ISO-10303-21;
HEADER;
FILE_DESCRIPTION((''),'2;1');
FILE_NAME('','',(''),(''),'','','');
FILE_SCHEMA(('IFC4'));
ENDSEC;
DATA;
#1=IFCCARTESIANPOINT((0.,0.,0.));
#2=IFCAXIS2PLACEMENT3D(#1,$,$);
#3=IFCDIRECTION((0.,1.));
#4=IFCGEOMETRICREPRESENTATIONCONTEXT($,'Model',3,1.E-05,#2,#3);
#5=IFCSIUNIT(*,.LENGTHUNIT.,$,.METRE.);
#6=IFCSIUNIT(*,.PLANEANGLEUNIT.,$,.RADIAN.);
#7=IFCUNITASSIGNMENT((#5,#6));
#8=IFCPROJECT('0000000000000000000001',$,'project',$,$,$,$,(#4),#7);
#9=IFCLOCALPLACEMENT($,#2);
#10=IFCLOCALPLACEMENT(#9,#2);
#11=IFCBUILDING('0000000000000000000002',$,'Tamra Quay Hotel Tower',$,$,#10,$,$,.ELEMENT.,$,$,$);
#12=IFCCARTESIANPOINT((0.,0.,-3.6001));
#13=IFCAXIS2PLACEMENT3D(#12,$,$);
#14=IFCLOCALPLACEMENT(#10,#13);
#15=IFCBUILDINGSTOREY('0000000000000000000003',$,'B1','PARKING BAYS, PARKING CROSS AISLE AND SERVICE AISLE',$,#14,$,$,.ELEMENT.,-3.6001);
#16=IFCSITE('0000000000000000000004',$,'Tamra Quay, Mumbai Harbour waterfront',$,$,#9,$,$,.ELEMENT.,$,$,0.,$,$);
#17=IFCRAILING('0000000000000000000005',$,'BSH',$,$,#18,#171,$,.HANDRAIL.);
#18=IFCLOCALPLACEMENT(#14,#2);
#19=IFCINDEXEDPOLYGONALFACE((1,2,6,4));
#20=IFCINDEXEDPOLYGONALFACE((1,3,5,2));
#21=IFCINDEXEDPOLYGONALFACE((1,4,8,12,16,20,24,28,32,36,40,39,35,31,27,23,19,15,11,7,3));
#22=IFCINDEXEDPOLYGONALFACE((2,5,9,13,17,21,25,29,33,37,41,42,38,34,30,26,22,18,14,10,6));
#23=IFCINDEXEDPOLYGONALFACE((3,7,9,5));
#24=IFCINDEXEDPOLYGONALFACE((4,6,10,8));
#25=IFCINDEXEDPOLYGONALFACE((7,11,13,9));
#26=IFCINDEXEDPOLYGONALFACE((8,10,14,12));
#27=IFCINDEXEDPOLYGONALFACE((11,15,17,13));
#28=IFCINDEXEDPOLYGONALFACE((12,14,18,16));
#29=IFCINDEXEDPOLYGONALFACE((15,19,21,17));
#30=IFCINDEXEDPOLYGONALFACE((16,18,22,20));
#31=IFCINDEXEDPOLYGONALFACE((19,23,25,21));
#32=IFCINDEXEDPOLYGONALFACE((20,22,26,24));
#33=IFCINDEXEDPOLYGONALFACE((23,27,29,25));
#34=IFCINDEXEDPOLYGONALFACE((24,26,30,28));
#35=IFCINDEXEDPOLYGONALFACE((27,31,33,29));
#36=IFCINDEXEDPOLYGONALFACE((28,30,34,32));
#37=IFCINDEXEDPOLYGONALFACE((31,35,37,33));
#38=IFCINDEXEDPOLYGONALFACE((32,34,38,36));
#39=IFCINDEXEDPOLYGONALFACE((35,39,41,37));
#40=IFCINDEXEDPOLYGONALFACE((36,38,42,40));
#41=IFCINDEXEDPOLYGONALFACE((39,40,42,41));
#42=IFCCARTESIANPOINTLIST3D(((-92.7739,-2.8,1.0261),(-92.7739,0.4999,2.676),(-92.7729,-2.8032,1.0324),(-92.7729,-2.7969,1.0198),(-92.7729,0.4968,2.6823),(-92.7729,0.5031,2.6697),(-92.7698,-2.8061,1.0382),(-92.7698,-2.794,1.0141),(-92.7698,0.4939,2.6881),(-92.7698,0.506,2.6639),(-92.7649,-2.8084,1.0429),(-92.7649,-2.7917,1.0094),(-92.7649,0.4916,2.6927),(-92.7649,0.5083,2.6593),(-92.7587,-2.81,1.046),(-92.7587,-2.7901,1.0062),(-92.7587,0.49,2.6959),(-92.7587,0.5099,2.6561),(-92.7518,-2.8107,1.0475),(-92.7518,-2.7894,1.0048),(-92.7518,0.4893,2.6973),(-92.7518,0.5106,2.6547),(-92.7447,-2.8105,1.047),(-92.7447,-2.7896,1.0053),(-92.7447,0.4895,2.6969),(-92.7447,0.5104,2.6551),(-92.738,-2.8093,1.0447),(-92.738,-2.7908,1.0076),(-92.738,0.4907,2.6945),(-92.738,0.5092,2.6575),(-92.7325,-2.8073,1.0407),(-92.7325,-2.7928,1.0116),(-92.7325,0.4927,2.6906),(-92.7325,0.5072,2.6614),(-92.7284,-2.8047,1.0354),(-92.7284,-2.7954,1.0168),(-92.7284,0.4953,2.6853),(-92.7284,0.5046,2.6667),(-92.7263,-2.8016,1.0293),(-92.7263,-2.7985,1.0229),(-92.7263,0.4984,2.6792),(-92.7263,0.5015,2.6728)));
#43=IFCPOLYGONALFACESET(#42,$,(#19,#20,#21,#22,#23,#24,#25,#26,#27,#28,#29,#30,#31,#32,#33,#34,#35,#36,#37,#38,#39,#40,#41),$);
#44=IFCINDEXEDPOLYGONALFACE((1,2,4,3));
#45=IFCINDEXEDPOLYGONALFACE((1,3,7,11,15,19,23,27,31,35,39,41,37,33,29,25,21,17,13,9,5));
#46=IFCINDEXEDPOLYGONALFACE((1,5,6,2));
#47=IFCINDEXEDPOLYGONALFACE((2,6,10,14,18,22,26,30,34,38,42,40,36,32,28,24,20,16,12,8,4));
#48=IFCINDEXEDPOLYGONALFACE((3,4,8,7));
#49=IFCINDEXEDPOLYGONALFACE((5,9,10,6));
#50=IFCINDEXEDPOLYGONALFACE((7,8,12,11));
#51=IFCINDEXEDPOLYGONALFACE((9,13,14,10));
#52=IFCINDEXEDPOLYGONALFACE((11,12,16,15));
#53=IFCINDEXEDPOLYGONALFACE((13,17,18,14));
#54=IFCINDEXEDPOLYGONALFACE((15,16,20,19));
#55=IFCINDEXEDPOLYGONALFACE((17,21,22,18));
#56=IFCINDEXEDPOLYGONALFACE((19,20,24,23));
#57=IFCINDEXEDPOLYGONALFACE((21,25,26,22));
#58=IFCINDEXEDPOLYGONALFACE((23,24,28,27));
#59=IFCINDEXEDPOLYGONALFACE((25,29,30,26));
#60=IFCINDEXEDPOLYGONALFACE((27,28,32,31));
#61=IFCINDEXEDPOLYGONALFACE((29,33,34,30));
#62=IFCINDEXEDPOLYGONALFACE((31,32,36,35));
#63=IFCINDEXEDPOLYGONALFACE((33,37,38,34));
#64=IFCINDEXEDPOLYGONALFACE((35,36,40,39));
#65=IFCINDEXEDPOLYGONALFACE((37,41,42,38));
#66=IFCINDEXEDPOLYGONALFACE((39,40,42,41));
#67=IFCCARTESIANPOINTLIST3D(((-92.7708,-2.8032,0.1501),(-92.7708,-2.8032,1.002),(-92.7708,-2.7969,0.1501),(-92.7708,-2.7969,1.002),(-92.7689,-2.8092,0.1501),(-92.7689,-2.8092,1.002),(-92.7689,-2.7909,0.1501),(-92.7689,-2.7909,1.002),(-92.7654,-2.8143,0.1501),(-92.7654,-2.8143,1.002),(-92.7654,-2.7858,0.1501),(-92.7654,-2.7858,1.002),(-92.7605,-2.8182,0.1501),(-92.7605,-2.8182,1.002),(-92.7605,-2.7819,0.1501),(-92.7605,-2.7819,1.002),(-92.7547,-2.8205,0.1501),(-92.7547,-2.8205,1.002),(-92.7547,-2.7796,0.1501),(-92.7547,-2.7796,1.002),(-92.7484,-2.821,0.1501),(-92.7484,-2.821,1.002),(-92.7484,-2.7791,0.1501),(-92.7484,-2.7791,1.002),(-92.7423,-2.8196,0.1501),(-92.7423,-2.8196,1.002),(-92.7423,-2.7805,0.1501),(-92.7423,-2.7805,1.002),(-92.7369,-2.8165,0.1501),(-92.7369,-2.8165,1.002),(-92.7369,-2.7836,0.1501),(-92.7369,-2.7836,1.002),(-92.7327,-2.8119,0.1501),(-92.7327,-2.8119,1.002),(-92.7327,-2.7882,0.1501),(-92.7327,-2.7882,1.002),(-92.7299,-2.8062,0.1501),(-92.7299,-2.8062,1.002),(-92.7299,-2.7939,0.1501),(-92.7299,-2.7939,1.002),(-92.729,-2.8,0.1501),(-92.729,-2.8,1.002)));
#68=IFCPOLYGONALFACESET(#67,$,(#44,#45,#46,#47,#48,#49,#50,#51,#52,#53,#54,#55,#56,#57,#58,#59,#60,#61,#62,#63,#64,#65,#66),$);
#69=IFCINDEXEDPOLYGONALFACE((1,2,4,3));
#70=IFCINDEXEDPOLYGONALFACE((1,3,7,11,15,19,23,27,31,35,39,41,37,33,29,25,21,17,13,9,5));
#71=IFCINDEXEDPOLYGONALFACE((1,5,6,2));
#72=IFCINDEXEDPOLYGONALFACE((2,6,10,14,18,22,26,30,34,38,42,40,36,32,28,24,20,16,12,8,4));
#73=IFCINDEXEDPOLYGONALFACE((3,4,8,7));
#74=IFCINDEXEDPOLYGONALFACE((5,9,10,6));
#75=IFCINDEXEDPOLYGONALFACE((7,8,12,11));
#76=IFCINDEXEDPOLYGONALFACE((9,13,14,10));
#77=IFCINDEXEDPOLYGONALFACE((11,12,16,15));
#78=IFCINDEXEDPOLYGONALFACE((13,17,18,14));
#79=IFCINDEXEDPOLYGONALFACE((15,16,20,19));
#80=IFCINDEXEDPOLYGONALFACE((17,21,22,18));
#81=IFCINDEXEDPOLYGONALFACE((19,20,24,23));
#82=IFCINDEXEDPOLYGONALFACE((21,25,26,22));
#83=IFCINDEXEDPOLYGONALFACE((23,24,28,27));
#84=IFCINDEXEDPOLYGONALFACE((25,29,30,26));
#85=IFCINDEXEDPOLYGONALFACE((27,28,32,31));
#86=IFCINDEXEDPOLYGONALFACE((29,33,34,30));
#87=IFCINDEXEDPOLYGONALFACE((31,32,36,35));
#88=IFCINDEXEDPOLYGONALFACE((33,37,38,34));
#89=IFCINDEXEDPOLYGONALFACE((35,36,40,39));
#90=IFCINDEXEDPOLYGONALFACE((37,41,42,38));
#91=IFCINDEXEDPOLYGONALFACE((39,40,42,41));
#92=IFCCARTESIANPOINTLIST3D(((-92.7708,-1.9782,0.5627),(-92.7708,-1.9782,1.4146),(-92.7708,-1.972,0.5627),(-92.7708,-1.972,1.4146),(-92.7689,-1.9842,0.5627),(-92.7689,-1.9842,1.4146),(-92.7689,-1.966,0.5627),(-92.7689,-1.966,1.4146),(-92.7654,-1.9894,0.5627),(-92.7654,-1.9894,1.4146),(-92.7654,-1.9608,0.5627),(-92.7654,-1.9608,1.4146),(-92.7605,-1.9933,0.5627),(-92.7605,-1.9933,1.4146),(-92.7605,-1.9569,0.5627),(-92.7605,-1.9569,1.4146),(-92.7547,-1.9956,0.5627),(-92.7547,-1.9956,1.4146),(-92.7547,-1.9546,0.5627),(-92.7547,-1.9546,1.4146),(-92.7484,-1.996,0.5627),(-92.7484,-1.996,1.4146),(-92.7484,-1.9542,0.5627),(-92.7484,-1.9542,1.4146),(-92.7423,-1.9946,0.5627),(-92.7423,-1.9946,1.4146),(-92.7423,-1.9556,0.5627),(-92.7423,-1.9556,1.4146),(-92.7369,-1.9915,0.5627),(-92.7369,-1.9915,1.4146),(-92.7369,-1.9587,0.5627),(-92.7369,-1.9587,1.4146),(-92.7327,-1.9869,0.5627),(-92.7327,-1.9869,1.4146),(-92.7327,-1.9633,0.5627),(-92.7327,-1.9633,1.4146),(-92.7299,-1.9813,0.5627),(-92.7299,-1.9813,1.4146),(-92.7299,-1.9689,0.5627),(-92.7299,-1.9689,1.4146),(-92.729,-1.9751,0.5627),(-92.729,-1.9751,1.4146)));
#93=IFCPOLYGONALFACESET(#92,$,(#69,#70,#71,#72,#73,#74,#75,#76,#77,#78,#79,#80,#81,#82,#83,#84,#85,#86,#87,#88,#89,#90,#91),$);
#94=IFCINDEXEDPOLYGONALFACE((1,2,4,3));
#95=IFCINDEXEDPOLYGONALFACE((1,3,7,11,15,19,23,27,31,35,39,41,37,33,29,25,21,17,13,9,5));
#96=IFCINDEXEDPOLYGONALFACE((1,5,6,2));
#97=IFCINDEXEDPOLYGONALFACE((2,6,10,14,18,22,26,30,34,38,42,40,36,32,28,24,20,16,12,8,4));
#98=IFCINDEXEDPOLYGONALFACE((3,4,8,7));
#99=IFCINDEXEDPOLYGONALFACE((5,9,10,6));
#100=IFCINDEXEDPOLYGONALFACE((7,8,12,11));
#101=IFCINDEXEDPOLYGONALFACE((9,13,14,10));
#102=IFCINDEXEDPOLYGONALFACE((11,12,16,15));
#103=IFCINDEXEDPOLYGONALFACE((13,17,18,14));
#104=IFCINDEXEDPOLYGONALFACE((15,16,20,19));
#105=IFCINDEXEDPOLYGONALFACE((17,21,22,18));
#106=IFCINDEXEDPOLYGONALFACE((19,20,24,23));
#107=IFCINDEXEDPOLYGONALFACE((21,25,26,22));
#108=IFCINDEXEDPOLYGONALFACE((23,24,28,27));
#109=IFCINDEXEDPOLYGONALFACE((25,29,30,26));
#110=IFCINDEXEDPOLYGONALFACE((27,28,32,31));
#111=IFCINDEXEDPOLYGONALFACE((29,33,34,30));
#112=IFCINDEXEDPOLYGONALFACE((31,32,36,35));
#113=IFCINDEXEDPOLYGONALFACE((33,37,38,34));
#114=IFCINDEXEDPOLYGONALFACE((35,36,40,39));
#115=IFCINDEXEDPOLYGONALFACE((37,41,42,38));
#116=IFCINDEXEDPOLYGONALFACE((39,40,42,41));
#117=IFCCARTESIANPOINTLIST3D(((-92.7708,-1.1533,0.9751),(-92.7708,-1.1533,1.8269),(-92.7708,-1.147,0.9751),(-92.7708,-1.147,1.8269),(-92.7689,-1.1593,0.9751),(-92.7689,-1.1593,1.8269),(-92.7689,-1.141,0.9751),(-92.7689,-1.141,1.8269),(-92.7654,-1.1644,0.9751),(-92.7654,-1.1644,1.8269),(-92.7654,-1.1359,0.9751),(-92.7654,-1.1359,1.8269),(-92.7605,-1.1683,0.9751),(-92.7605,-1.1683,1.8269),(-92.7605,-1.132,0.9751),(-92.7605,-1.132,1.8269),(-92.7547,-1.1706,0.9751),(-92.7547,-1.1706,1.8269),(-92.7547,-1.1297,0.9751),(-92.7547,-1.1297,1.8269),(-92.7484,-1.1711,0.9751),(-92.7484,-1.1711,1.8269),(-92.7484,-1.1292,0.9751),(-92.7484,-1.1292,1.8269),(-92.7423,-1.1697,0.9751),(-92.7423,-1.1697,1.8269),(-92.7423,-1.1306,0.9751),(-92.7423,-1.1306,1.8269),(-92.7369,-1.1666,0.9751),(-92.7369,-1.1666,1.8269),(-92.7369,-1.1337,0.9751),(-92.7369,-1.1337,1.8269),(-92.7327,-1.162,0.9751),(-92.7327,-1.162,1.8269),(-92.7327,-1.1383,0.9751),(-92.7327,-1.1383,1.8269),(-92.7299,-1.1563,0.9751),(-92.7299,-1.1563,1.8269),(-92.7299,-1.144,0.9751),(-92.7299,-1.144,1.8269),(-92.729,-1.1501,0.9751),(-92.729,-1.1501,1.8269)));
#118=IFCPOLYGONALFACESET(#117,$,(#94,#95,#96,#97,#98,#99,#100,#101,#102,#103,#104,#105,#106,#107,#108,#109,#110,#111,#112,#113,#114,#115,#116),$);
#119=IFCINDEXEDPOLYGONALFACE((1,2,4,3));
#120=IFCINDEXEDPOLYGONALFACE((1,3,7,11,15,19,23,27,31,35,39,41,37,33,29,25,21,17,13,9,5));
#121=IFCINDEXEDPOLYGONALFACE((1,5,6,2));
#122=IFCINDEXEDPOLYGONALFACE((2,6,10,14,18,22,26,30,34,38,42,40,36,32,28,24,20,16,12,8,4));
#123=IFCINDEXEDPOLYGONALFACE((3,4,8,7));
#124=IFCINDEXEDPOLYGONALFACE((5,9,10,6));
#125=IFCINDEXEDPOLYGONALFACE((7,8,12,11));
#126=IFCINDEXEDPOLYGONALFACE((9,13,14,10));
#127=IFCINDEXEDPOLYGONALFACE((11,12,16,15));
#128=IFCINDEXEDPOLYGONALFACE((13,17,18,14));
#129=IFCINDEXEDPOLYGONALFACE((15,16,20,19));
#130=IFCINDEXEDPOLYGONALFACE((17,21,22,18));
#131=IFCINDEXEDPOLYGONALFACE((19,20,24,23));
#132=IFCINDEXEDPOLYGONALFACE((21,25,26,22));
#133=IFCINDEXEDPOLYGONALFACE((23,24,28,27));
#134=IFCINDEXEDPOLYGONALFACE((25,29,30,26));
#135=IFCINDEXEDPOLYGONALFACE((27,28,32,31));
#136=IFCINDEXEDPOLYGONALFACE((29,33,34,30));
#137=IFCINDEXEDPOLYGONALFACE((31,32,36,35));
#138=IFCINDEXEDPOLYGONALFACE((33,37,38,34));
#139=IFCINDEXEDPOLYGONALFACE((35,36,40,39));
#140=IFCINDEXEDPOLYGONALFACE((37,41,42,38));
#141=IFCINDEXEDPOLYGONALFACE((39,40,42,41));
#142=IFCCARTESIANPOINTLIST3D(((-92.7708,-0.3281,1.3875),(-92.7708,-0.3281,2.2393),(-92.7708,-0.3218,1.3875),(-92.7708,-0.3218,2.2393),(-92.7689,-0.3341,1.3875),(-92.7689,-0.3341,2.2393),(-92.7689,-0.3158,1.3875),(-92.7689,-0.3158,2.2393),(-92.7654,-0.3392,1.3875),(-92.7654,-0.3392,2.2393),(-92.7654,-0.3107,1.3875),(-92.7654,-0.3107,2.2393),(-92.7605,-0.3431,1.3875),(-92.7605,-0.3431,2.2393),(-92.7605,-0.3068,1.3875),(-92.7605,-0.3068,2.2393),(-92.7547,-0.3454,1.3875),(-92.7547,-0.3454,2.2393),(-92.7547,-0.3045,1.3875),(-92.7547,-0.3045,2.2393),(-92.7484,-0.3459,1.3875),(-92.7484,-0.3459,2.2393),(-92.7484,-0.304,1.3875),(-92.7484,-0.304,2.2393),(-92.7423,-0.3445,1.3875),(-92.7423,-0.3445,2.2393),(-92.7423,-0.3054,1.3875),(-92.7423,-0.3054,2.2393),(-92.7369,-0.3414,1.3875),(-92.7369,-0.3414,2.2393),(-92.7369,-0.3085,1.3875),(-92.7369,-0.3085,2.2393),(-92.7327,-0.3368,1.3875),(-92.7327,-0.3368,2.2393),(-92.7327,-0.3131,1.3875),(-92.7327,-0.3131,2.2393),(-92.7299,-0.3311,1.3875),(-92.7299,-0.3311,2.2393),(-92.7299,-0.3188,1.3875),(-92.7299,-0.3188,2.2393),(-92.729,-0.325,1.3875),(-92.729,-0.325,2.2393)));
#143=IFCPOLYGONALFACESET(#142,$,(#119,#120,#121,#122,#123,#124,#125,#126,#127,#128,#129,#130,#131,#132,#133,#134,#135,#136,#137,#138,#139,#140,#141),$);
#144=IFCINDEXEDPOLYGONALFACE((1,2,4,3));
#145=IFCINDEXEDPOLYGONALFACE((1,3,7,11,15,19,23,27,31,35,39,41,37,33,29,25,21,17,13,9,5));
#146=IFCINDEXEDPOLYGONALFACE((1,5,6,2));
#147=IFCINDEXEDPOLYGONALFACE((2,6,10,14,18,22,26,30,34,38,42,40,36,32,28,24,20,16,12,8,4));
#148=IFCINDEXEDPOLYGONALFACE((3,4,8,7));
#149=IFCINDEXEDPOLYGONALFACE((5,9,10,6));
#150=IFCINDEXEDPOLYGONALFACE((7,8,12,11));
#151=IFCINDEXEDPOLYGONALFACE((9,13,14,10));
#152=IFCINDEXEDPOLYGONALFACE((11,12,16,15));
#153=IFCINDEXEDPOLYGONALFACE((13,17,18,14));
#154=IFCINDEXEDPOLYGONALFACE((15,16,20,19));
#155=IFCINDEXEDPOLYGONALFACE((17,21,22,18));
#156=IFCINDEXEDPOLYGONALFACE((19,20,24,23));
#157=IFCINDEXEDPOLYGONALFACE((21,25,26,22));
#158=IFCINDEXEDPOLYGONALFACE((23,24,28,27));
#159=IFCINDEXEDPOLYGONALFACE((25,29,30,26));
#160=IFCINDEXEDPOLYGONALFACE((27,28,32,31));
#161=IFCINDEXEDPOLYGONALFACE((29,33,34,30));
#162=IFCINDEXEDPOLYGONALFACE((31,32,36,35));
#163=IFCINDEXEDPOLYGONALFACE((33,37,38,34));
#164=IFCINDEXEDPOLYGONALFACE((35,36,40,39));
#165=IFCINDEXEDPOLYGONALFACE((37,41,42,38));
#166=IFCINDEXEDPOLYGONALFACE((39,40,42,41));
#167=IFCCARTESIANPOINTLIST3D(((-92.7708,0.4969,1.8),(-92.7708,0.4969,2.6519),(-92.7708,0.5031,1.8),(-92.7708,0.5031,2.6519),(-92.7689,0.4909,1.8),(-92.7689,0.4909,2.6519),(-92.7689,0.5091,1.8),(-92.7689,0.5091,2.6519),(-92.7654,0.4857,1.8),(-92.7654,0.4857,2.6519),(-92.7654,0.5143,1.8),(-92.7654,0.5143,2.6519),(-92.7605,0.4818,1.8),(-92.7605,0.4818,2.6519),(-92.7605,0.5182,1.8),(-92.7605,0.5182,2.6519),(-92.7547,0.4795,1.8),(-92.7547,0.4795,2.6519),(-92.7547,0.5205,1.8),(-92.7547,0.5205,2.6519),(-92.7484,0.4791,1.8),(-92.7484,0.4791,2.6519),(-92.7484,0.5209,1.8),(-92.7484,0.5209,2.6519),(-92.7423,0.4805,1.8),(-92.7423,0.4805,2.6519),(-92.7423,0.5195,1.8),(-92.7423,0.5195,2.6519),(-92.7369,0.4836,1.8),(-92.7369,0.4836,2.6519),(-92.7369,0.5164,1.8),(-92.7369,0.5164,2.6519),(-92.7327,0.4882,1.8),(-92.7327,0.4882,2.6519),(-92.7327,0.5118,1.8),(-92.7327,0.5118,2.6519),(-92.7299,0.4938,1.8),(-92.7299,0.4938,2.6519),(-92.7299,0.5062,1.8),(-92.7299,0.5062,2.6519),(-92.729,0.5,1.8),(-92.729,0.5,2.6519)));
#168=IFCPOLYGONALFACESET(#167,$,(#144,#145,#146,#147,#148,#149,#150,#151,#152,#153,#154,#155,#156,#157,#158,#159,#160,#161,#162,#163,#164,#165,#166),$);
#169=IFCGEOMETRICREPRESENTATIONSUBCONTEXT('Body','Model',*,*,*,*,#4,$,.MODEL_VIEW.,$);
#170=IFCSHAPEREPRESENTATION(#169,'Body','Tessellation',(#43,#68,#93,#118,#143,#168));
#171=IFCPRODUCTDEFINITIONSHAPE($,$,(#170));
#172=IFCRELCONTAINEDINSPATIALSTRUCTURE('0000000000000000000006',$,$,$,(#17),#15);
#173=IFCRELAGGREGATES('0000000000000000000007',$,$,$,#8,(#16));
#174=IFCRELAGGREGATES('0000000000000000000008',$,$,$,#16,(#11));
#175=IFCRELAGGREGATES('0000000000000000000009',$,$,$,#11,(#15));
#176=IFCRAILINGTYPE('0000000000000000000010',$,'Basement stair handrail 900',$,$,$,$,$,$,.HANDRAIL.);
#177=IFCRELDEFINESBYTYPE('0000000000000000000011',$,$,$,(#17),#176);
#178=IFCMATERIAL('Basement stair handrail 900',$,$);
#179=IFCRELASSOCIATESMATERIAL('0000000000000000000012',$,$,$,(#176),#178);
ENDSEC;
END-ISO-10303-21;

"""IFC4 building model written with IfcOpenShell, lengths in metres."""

from ifc_helpers import new_model, si_unit, direction, frame, origin, origin_2d, place, context, subcontext, project, spatial, circle, extrude, material, type_object, element, save


model = new_model("IFC4")

# Units and contexts
model_context = context("Model", 3, precision=1e-05, world=origin(), true_north=direction((0.0, 1.0)))
body_context = subcontext(model_context, "Body", "Model", "MODEL_VIEW")
ifc_project = project(units=[si_unit("LENGTHUNIT", "METRE"), si_unit("PLANEANGLEUNIT", "RADIAN")], contexts=[model_context])

# Site, building, storey
site_placement = place(None, origin())
site = spatial("IfcSite", under=ifc_project, at=site_placement, Name="Tamra Quay, Mumbai Harbour waterfront", CompositionType="ELEMENT", RefElevation=0.0)
building_placement = place(site_placement, origin())
building = spatial("IfcBuilding", under=site, at=building_placement, Name="Tamra Quay Hotel Tower", CompositionType="ELEMENT")
storey_placement = place(building_placement, frame((0.0, 0.0, -3.6001)))
storey = spatial("IfcBuildingStorey", under=building, at=storey_placement, Name="B1", Description="PARKING BAYS, PARKING CROSS AISLE AND SERVICE AISLE", CompositionType="ELEMENT", Elevation=-3.6001)

# Railing
ifc_material_1 = material(Name="Basement stair handrail 900")
railing_type_1 = type_object("IfcRailingType", Name="Basement stair handrail 900", PredefinedType="HANDRAIL", material=ifc_material_1)
railing_1_placement = place(storey_placement, frame((-92.75, -2.8, 0.1501)))
element("IfcRailing", 1, at=railing_1_placement, inside=storey, type_object=railing_type_1, Name="BSH", PredefinedType="HANDRAIL", context=body_context, shape_type="SweptSolid", body=[
    extrude(circle(Radius=0.0239, at=origin_2d()), frame((0.0, 0.0, 0.876), z_axis=(0.0, 0.89444, 0.447187), x_axis=(-1.0, 0.0, 0.0)), (0.0, 0.0, 1.0), 3.6895),
    extrude(circle(Radius=0.021, at=origin_2d()), origin(), (0.0, 0.0, 1.0), 0.8518),
    extrude(circle(Radius=0.021, at=origin_2d()), frame((0.0, 0.825, 0.4126)), (0.0, 0.0, 1.0), 0.8518),
    extrude(circle(Radius=0.021, at=origin_2d()), frame((0.0, 1.6499, 0.825)), (0.0, 0.0, 1.0), 0.8518),
    extrude(circle(Radius=0.021, at=origin_2d()), frame((0.0, 2.4751, 1.2373)), (0.0, 0.0, 1.0), 0.8518),
    extrude(circle(Radius=0.021, at=origin_2d()), frame((0.0, 3.3, 1.6499)), (0.0, 0.0, 1.0), 0.8518),
])

save(model, "model.ifc")
